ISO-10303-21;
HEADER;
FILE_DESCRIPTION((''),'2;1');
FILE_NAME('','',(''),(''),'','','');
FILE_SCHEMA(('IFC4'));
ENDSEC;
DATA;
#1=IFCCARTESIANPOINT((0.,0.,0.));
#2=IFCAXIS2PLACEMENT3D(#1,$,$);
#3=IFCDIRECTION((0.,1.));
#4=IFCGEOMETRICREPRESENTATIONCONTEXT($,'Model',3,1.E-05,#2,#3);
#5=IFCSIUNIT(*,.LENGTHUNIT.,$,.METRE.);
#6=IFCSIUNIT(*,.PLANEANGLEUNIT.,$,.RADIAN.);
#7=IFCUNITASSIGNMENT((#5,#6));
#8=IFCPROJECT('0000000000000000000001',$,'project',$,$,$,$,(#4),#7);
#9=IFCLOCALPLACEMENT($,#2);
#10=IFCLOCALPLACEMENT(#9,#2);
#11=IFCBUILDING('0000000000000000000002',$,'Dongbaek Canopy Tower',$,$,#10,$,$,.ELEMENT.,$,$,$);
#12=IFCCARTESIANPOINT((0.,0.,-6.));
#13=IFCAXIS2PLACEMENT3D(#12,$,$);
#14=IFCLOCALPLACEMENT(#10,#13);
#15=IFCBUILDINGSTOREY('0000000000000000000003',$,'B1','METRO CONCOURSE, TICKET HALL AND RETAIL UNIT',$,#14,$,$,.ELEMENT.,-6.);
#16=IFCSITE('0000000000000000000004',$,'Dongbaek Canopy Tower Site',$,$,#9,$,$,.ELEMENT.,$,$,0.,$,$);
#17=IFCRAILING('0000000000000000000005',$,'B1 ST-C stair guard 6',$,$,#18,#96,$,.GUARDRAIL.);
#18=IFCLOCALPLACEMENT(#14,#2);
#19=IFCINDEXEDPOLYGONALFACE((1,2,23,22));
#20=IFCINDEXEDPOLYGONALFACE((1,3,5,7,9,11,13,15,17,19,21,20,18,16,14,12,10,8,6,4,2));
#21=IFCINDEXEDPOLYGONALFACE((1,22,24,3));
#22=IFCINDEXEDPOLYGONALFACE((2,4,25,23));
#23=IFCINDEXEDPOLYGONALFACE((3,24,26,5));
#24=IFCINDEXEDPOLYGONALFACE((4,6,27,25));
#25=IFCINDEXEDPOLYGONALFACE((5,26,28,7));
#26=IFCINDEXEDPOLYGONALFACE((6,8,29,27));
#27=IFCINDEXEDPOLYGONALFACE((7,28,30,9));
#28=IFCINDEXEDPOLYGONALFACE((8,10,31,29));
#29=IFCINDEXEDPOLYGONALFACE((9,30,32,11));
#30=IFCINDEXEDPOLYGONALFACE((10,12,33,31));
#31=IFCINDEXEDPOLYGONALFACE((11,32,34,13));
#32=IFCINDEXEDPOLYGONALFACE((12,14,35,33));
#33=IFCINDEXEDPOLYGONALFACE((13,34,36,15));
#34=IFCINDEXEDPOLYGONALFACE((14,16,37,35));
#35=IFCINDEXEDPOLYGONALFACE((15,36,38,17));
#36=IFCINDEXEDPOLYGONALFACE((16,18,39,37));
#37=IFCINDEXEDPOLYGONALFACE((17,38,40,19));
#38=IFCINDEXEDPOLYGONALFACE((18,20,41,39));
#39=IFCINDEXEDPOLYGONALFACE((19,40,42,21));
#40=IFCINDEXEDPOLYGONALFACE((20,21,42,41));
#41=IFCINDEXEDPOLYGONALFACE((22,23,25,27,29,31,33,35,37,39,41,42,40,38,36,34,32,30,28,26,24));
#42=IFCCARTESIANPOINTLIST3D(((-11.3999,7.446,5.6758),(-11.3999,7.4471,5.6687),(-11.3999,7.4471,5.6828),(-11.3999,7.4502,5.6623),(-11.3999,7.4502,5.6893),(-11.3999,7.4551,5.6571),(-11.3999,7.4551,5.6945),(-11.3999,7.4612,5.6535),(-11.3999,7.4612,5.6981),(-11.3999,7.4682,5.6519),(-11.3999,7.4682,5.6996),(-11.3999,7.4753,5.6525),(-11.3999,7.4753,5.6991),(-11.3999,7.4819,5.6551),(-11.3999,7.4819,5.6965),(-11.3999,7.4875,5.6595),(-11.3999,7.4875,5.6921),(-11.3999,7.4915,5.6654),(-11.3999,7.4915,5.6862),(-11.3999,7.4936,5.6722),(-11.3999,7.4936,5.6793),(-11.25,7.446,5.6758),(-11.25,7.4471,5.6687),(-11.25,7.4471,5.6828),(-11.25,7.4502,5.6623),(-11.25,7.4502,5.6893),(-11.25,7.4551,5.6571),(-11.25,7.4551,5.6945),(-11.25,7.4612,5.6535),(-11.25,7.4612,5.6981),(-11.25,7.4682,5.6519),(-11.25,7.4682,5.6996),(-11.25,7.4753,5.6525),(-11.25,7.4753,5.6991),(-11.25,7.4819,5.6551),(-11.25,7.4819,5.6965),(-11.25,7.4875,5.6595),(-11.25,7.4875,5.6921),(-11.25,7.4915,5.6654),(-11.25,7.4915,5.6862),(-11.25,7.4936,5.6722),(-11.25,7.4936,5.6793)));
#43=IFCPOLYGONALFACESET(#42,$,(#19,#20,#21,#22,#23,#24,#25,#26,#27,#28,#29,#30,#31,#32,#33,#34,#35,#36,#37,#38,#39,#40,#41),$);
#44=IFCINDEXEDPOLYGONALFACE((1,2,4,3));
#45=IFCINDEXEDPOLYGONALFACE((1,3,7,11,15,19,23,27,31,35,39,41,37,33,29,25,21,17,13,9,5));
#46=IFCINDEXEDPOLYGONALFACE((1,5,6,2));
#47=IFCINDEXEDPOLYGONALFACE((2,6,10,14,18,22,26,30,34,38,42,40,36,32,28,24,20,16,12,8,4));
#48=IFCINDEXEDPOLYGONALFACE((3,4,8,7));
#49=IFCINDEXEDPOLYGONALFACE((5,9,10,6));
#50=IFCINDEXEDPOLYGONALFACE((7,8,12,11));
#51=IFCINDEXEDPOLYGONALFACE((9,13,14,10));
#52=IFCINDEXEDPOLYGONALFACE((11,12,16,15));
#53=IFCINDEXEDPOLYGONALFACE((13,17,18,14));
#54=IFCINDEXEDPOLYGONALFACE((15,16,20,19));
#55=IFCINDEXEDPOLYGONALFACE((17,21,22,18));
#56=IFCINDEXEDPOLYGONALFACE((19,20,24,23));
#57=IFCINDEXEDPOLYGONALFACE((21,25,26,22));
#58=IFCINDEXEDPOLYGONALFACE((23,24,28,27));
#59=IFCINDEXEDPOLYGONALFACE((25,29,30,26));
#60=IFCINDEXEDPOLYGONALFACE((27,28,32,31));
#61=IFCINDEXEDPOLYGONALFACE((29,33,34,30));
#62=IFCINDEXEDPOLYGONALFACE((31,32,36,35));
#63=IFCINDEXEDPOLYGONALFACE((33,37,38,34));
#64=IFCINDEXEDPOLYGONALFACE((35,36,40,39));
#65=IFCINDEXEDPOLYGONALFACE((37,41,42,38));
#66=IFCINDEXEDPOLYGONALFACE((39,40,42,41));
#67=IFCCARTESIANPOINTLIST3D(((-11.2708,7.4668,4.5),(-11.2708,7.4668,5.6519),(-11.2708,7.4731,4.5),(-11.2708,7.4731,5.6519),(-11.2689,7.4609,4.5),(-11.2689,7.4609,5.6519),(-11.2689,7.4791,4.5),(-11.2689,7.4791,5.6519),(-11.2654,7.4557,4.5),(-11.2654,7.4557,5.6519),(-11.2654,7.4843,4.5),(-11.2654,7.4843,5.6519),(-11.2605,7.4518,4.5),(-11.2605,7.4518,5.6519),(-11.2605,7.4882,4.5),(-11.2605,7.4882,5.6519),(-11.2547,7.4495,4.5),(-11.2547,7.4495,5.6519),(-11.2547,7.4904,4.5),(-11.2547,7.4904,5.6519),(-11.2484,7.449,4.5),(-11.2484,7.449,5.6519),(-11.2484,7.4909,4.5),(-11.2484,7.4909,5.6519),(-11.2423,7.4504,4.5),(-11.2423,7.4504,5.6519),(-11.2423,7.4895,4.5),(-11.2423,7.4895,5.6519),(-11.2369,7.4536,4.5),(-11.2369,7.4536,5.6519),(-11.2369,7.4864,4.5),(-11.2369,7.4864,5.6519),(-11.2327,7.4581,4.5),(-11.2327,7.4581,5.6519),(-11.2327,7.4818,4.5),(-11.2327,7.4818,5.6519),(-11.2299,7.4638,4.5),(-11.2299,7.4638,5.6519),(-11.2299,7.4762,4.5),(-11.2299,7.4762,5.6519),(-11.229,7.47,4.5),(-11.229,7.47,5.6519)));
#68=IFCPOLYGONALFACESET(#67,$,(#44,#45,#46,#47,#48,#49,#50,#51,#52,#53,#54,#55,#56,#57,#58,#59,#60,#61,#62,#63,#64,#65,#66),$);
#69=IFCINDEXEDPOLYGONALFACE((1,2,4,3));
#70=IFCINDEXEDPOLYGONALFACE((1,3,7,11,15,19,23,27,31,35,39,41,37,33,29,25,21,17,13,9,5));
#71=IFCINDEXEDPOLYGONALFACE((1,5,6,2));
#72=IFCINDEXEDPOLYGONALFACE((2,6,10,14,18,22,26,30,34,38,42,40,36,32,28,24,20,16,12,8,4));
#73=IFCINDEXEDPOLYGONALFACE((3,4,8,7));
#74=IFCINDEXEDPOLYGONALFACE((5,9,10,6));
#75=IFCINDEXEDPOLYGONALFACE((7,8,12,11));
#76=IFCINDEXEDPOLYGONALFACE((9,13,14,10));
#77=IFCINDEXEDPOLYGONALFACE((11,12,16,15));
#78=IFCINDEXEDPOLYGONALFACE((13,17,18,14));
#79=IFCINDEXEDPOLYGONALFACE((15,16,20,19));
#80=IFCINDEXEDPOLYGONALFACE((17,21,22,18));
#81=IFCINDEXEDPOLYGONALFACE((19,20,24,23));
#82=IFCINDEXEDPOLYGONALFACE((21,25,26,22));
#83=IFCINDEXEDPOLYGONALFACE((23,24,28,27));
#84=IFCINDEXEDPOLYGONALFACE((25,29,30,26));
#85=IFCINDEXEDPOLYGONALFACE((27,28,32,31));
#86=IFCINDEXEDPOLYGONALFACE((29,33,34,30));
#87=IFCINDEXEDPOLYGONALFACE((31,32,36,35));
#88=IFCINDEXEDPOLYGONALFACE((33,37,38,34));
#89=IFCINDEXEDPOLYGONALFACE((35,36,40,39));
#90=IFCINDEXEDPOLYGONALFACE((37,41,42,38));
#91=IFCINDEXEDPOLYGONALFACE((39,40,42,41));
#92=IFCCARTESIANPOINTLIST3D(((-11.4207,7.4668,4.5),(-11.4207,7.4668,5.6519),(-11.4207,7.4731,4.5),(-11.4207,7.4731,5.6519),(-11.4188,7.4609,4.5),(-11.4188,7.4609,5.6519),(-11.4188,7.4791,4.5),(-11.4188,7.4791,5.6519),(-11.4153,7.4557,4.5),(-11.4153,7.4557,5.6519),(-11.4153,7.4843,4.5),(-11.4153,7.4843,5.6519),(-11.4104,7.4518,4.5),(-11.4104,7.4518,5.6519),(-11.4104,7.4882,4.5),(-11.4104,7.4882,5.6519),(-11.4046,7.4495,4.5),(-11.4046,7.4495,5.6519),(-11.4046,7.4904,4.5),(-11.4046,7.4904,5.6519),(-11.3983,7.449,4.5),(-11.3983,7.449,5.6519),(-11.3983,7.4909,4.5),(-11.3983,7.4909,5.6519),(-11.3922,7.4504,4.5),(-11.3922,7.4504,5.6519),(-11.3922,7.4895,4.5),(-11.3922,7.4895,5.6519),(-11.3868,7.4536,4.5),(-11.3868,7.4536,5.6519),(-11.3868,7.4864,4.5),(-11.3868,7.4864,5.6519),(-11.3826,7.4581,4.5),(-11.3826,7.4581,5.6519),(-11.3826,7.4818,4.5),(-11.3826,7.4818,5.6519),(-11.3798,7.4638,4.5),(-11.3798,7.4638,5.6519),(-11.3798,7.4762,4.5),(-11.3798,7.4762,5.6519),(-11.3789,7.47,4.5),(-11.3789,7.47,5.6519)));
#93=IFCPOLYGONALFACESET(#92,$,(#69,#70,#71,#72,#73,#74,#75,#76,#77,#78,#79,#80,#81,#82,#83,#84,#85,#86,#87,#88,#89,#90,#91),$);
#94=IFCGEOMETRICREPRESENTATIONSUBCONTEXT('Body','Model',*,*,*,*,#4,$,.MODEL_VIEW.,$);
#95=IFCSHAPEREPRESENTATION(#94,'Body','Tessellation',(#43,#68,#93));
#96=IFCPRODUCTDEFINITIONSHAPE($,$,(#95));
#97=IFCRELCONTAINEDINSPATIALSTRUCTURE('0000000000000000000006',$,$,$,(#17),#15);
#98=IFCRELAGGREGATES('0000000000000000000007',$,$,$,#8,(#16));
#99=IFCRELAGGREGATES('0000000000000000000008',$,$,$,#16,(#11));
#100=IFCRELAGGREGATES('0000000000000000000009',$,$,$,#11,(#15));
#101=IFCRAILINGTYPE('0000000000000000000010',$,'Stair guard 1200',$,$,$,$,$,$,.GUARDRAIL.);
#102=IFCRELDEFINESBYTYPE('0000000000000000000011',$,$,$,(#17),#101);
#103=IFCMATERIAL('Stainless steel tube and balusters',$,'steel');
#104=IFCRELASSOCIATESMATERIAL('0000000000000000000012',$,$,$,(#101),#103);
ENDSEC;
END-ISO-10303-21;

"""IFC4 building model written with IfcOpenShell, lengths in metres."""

from ifc_helpers import new_model, si_unit, direction, frame, origin, origin_2d, place, context, subcontext, project, spatial, circle, extrude, material, type_object, element, save


model = new_model("IFC4")

# Units and contexts
model_context = context("Model", 3, precision=1e-05, world=origin(), true_north=direction((0.0, 1.0)))
body_context = subcontext(model_context, "Body", "Model", "MODEL_VIEW")
ifc_project = project(units=[si_unit("LENGTHUNIT", "METRE"), si_unit("PLANEANGLEUNIT", "RADIAN")], contexts=[model_context])

# Site, building, storey
site_placement = place(None, origin())
site = spatial("IfcSite", under=ifc_project, at=site_placement, Name="Dongbaek Canopy Tower Site", CompositionType="ELEMENT", RefElevation=0.0)
building_placement = place(site_placement, origin())
building = spatial("IfcBuilding", under=site, at=building_placement, Name="Dongbaek Canopy Tower", CompositionType="ELEMENT")
storey_placement = place(building_placement, frame((0.0, 0.0, -6.0)))
storey = spatial("IfcBuildingStorey", under=building, at=storey_placement, Name="B1", Description="METRO CONCOURSE, TICKET HALL AND RETAIL UNIT", CompositionType="ELEMENT", Elevation=-6.0)

# Railing
ifc_material_1 = material(Name="Stainless steel tube and balusters", Category="steel")
railing_type = type_object("IfcRailingType", Name="Stair guard 1200", PredefinedType="GUARDRAIL", material=ifc_material_1)
railing_1_placement = place(storey_placement, frame((-11.25, 7.47, 4.5)))
element("IfcRailing", 1, at=railing_1_placement, inside=storey, type_object=railing_type, Name="B1 ST-C stair guard 6", PredefinedType="GUARDRAIL", context=body_context, shape_type="SweptSolid", body=[
    extrude(circle(Radius=0.0239, at=origin_2d()), frame((0.0, 0.0, 1.1758), z_axis=(-1.0, 0.0, 0.0), x_axis=(0.0, -1.0, 0.0)), (0.0, 0.0, 1.0), 0.1499),
    extrude(circle(Radius=0.021, at=origin_2d()), origin(), (0.0, 0.0, 1.0), 1.1519),
    extrude(circle(Radius=0.021, at=origin_2d()), frame((-0.1499, 0.0, 0.0)), (0.0, 0.0, 1.0), 1.1519),
])

save(model, "model.ifc")
